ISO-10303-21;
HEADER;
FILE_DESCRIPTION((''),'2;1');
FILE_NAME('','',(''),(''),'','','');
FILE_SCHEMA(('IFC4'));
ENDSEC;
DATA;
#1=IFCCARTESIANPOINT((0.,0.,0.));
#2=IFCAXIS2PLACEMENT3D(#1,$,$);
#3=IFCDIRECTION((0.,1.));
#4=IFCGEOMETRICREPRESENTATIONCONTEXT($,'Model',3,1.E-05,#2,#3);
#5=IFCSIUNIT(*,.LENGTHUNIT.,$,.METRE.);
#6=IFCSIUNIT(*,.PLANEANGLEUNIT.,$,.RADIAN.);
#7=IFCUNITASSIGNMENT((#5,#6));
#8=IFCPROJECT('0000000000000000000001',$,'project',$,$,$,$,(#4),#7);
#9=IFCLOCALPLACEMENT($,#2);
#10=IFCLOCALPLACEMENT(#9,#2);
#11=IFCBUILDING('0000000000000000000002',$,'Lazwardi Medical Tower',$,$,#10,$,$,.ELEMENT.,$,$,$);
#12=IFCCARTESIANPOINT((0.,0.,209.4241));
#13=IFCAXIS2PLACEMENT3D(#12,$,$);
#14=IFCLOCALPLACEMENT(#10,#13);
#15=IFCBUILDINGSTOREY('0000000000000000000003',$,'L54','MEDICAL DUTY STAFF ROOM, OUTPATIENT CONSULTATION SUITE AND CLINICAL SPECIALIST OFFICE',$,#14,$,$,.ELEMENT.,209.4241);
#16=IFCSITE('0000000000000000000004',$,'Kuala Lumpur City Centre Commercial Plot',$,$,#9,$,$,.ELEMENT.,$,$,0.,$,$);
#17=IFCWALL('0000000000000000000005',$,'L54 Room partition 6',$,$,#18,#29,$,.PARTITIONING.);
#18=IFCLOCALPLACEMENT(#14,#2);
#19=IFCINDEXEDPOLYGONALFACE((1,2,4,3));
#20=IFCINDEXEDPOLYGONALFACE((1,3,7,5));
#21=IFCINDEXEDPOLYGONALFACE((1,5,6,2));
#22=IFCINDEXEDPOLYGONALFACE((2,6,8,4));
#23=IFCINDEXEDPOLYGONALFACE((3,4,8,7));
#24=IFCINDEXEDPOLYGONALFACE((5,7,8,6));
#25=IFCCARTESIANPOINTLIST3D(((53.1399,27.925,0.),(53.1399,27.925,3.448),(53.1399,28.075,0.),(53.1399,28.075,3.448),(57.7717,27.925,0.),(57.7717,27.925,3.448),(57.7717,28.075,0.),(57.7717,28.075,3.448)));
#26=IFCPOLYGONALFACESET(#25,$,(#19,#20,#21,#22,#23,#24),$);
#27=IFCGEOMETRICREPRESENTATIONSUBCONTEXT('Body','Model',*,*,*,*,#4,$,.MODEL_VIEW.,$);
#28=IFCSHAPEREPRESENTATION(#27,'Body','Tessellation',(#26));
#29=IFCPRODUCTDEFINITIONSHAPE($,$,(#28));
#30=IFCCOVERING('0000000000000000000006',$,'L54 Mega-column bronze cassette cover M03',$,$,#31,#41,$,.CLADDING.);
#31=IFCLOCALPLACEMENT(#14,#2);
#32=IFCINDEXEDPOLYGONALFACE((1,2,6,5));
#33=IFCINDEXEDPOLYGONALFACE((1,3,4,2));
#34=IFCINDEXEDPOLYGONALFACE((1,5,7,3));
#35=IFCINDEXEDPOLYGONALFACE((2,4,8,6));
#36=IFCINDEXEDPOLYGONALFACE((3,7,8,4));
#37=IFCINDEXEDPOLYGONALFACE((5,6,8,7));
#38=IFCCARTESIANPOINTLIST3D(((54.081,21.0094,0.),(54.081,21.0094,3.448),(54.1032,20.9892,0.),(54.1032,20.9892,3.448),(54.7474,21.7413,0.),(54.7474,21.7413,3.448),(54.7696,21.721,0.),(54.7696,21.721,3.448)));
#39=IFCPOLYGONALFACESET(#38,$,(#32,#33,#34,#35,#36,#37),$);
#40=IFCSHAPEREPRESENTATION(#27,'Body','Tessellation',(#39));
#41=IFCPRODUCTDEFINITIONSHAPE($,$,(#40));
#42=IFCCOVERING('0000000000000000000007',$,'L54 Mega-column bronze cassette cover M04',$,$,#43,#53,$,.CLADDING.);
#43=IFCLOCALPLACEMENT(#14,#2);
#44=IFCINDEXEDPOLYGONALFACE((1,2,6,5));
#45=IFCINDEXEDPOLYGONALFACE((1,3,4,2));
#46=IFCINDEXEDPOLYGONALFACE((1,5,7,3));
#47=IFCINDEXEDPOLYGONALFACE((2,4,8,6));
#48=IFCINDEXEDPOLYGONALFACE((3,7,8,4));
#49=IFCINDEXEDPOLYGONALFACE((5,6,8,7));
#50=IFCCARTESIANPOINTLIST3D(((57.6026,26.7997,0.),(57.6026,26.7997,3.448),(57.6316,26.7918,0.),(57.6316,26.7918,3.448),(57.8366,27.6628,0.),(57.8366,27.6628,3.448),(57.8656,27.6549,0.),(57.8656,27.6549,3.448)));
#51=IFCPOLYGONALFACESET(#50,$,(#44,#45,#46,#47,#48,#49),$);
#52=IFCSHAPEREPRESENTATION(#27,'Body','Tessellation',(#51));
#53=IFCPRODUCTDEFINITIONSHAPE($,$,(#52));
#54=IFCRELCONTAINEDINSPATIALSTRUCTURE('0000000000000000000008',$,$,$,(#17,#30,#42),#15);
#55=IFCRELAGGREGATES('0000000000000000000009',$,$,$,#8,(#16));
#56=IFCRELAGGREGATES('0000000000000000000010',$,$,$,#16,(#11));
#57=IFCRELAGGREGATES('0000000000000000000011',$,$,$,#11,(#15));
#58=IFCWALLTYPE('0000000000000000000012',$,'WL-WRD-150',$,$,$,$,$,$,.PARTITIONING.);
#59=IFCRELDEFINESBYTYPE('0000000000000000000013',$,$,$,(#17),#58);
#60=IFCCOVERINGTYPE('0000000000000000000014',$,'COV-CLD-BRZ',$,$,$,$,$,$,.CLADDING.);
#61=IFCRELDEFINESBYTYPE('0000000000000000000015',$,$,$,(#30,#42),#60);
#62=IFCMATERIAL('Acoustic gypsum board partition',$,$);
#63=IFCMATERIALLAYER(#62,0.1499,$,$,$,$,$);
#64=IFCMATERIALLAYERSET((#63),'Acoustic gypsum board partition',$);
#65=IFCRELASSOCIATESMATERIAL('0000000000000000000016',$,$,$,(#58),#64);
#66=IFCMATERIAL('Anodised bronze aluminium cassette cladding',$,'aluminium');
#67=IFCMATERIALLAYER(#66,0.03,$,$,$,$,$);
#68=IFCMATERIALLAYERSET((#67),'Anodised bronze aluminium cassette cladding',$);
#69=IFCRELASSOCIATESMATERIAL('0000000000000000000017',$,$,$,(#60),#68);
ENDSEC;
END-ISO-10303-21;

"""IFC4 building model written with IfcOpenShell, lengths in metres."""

from ifc_helpers import new_model, si_unit, direction, frame, frame_2d, origin, origin_2d, place, context, subcontext, project, spatial, rectangle, extrude, material, layer, layer_set, type_object, element, save


model = new_model("IFC4")

# Units and contexts
model_context = context("Model", 3, precision=1e-05, world=origin(), true_north=direction((0.0, 1.0)))
body_context = subcontext(model_context, "Body", "Model", "MODEL_VIEW")
ifc_project = project(units=[si_unit("LENGTHUNIT", "METRE"), si_unit("PLANEANGLEUNIT", "RADIAN")], contexts=[model_context])

# Site, building, storey
site_placement = place(None, origin())
site = spatial("IfcSite", under=ifc_project, at=site_placement, Name="Kuala Lumpur City Centre Commercial Plot", CompositionType="ELEMENT", RefElevation=0.0)
building_placement = place(site_placement, origin())
building = spatial("IfcBuilding", under=site, at=building_placement, Name="Lazwardi Medical Tower", CompositionType="ELEMENT")
storey_placement = place(building_placement, frame((0.0, 0.0, 209.4241)))
storey = spatial("IfcBuildingStorey", under=building, at=storey_placement, Name="L54", Description="MEDICAL DUTY STAFF ROOM, OUTPATIENT CONSULTATION SUITE AND CLINICAL SPECIALIST OFFICE", CompositionType="ELEMENT", Elevation=209.4241)

# Wall
ifc_material_1 = material(Name="Acoustic gypsum board partition")
ifc_layer_1 = layer(ifc_material_1, 0.1499)
ifc_layer_set_1 = layer_set([ifc_layer_1], Name="Acoustic gypsum board partition")
wall_type_1 = type_object("IfcWallType", Name="WL-WRD-150", PredefinedType="PARTITIONING", material=ifc_layer_set_1)
wall_1_placement = place(storey_placement, frame((53.1399, 28.0, 0.0), z_axis=(0.0, 0.0, 1.0), x_axis=(1.0, 0.0, 0.0)))
element("IfcWall", 1, at=wall_1_placement, inside=storey, type_object=wall_type_1, Name="L54 Room partition 6", PredefinedType="PARTITIONING", context=body_context, shape_type="SweptSolid", body=[
    extrude(rectangle(XDim=4.6318, YDim=0.1499, at=frame_2d((2.3159, 0.0))), origin(), (0.0, 0.0, 1.0), 3.448),
])

# Coverings
ifc_material_2 = material(Name="Anodised bronze aluminium cassette cladding", Category="aluminium")
ifc_layer_2 = layer(ifc_material_2, 0.03)
ifc_layer_set_2 = layer_set([ifc_layer_2], Name="Anodised bronze aluminium cassette cladding")
covering_type = type_object("IfcCoveringType", Name="COV-CLD-BRZ", PredefinedType="CLADDING", material=ifc_layer_set_2)
covering_1_placement = place(storey_placement, frame((54.4253, 21.3652, 0.0), z_axis=(0.0, 0.0, 1.0), x_axis=(0.673241, 0.739423, 0.0)))
element("IfcCovering", 2, at=covering_1_placement, inside=storey, type_object=covering_type, Name="L54 Mega-column bronze cassette cover M03", PredefinedType="CLADDING", context=body_context, shape_type="SweptSolid", body=[
    extrude(rectangle(XDim=0.9897, YDim=0.03, at=origin_2d()), origin(), (0.0, 0.0, 1.0), 3.448),
])
covering_2_placement = place(storey_placement, frame((57.7341, 27.2273, 0.0), z_axis=(0.0, 0.0, 1.0), x_axis=(0.261642, 0.965165, 0.0)))
element("IfcCovering", 3, at=covering_2_placement, inside=storey, type_object=covering_type, Name="L54 Mega-column bronze cassette cover M04", PredefinedType="CLADDING", context=body_context, shape_type="SweptSolid", body=[
    extrude(rectangle(XDim=0.8943, YDim=0.03, at=origin_2d()), origin(), (0.0, 0.0, 1.0), 3.448),
])

save(model, "model.ifc")
